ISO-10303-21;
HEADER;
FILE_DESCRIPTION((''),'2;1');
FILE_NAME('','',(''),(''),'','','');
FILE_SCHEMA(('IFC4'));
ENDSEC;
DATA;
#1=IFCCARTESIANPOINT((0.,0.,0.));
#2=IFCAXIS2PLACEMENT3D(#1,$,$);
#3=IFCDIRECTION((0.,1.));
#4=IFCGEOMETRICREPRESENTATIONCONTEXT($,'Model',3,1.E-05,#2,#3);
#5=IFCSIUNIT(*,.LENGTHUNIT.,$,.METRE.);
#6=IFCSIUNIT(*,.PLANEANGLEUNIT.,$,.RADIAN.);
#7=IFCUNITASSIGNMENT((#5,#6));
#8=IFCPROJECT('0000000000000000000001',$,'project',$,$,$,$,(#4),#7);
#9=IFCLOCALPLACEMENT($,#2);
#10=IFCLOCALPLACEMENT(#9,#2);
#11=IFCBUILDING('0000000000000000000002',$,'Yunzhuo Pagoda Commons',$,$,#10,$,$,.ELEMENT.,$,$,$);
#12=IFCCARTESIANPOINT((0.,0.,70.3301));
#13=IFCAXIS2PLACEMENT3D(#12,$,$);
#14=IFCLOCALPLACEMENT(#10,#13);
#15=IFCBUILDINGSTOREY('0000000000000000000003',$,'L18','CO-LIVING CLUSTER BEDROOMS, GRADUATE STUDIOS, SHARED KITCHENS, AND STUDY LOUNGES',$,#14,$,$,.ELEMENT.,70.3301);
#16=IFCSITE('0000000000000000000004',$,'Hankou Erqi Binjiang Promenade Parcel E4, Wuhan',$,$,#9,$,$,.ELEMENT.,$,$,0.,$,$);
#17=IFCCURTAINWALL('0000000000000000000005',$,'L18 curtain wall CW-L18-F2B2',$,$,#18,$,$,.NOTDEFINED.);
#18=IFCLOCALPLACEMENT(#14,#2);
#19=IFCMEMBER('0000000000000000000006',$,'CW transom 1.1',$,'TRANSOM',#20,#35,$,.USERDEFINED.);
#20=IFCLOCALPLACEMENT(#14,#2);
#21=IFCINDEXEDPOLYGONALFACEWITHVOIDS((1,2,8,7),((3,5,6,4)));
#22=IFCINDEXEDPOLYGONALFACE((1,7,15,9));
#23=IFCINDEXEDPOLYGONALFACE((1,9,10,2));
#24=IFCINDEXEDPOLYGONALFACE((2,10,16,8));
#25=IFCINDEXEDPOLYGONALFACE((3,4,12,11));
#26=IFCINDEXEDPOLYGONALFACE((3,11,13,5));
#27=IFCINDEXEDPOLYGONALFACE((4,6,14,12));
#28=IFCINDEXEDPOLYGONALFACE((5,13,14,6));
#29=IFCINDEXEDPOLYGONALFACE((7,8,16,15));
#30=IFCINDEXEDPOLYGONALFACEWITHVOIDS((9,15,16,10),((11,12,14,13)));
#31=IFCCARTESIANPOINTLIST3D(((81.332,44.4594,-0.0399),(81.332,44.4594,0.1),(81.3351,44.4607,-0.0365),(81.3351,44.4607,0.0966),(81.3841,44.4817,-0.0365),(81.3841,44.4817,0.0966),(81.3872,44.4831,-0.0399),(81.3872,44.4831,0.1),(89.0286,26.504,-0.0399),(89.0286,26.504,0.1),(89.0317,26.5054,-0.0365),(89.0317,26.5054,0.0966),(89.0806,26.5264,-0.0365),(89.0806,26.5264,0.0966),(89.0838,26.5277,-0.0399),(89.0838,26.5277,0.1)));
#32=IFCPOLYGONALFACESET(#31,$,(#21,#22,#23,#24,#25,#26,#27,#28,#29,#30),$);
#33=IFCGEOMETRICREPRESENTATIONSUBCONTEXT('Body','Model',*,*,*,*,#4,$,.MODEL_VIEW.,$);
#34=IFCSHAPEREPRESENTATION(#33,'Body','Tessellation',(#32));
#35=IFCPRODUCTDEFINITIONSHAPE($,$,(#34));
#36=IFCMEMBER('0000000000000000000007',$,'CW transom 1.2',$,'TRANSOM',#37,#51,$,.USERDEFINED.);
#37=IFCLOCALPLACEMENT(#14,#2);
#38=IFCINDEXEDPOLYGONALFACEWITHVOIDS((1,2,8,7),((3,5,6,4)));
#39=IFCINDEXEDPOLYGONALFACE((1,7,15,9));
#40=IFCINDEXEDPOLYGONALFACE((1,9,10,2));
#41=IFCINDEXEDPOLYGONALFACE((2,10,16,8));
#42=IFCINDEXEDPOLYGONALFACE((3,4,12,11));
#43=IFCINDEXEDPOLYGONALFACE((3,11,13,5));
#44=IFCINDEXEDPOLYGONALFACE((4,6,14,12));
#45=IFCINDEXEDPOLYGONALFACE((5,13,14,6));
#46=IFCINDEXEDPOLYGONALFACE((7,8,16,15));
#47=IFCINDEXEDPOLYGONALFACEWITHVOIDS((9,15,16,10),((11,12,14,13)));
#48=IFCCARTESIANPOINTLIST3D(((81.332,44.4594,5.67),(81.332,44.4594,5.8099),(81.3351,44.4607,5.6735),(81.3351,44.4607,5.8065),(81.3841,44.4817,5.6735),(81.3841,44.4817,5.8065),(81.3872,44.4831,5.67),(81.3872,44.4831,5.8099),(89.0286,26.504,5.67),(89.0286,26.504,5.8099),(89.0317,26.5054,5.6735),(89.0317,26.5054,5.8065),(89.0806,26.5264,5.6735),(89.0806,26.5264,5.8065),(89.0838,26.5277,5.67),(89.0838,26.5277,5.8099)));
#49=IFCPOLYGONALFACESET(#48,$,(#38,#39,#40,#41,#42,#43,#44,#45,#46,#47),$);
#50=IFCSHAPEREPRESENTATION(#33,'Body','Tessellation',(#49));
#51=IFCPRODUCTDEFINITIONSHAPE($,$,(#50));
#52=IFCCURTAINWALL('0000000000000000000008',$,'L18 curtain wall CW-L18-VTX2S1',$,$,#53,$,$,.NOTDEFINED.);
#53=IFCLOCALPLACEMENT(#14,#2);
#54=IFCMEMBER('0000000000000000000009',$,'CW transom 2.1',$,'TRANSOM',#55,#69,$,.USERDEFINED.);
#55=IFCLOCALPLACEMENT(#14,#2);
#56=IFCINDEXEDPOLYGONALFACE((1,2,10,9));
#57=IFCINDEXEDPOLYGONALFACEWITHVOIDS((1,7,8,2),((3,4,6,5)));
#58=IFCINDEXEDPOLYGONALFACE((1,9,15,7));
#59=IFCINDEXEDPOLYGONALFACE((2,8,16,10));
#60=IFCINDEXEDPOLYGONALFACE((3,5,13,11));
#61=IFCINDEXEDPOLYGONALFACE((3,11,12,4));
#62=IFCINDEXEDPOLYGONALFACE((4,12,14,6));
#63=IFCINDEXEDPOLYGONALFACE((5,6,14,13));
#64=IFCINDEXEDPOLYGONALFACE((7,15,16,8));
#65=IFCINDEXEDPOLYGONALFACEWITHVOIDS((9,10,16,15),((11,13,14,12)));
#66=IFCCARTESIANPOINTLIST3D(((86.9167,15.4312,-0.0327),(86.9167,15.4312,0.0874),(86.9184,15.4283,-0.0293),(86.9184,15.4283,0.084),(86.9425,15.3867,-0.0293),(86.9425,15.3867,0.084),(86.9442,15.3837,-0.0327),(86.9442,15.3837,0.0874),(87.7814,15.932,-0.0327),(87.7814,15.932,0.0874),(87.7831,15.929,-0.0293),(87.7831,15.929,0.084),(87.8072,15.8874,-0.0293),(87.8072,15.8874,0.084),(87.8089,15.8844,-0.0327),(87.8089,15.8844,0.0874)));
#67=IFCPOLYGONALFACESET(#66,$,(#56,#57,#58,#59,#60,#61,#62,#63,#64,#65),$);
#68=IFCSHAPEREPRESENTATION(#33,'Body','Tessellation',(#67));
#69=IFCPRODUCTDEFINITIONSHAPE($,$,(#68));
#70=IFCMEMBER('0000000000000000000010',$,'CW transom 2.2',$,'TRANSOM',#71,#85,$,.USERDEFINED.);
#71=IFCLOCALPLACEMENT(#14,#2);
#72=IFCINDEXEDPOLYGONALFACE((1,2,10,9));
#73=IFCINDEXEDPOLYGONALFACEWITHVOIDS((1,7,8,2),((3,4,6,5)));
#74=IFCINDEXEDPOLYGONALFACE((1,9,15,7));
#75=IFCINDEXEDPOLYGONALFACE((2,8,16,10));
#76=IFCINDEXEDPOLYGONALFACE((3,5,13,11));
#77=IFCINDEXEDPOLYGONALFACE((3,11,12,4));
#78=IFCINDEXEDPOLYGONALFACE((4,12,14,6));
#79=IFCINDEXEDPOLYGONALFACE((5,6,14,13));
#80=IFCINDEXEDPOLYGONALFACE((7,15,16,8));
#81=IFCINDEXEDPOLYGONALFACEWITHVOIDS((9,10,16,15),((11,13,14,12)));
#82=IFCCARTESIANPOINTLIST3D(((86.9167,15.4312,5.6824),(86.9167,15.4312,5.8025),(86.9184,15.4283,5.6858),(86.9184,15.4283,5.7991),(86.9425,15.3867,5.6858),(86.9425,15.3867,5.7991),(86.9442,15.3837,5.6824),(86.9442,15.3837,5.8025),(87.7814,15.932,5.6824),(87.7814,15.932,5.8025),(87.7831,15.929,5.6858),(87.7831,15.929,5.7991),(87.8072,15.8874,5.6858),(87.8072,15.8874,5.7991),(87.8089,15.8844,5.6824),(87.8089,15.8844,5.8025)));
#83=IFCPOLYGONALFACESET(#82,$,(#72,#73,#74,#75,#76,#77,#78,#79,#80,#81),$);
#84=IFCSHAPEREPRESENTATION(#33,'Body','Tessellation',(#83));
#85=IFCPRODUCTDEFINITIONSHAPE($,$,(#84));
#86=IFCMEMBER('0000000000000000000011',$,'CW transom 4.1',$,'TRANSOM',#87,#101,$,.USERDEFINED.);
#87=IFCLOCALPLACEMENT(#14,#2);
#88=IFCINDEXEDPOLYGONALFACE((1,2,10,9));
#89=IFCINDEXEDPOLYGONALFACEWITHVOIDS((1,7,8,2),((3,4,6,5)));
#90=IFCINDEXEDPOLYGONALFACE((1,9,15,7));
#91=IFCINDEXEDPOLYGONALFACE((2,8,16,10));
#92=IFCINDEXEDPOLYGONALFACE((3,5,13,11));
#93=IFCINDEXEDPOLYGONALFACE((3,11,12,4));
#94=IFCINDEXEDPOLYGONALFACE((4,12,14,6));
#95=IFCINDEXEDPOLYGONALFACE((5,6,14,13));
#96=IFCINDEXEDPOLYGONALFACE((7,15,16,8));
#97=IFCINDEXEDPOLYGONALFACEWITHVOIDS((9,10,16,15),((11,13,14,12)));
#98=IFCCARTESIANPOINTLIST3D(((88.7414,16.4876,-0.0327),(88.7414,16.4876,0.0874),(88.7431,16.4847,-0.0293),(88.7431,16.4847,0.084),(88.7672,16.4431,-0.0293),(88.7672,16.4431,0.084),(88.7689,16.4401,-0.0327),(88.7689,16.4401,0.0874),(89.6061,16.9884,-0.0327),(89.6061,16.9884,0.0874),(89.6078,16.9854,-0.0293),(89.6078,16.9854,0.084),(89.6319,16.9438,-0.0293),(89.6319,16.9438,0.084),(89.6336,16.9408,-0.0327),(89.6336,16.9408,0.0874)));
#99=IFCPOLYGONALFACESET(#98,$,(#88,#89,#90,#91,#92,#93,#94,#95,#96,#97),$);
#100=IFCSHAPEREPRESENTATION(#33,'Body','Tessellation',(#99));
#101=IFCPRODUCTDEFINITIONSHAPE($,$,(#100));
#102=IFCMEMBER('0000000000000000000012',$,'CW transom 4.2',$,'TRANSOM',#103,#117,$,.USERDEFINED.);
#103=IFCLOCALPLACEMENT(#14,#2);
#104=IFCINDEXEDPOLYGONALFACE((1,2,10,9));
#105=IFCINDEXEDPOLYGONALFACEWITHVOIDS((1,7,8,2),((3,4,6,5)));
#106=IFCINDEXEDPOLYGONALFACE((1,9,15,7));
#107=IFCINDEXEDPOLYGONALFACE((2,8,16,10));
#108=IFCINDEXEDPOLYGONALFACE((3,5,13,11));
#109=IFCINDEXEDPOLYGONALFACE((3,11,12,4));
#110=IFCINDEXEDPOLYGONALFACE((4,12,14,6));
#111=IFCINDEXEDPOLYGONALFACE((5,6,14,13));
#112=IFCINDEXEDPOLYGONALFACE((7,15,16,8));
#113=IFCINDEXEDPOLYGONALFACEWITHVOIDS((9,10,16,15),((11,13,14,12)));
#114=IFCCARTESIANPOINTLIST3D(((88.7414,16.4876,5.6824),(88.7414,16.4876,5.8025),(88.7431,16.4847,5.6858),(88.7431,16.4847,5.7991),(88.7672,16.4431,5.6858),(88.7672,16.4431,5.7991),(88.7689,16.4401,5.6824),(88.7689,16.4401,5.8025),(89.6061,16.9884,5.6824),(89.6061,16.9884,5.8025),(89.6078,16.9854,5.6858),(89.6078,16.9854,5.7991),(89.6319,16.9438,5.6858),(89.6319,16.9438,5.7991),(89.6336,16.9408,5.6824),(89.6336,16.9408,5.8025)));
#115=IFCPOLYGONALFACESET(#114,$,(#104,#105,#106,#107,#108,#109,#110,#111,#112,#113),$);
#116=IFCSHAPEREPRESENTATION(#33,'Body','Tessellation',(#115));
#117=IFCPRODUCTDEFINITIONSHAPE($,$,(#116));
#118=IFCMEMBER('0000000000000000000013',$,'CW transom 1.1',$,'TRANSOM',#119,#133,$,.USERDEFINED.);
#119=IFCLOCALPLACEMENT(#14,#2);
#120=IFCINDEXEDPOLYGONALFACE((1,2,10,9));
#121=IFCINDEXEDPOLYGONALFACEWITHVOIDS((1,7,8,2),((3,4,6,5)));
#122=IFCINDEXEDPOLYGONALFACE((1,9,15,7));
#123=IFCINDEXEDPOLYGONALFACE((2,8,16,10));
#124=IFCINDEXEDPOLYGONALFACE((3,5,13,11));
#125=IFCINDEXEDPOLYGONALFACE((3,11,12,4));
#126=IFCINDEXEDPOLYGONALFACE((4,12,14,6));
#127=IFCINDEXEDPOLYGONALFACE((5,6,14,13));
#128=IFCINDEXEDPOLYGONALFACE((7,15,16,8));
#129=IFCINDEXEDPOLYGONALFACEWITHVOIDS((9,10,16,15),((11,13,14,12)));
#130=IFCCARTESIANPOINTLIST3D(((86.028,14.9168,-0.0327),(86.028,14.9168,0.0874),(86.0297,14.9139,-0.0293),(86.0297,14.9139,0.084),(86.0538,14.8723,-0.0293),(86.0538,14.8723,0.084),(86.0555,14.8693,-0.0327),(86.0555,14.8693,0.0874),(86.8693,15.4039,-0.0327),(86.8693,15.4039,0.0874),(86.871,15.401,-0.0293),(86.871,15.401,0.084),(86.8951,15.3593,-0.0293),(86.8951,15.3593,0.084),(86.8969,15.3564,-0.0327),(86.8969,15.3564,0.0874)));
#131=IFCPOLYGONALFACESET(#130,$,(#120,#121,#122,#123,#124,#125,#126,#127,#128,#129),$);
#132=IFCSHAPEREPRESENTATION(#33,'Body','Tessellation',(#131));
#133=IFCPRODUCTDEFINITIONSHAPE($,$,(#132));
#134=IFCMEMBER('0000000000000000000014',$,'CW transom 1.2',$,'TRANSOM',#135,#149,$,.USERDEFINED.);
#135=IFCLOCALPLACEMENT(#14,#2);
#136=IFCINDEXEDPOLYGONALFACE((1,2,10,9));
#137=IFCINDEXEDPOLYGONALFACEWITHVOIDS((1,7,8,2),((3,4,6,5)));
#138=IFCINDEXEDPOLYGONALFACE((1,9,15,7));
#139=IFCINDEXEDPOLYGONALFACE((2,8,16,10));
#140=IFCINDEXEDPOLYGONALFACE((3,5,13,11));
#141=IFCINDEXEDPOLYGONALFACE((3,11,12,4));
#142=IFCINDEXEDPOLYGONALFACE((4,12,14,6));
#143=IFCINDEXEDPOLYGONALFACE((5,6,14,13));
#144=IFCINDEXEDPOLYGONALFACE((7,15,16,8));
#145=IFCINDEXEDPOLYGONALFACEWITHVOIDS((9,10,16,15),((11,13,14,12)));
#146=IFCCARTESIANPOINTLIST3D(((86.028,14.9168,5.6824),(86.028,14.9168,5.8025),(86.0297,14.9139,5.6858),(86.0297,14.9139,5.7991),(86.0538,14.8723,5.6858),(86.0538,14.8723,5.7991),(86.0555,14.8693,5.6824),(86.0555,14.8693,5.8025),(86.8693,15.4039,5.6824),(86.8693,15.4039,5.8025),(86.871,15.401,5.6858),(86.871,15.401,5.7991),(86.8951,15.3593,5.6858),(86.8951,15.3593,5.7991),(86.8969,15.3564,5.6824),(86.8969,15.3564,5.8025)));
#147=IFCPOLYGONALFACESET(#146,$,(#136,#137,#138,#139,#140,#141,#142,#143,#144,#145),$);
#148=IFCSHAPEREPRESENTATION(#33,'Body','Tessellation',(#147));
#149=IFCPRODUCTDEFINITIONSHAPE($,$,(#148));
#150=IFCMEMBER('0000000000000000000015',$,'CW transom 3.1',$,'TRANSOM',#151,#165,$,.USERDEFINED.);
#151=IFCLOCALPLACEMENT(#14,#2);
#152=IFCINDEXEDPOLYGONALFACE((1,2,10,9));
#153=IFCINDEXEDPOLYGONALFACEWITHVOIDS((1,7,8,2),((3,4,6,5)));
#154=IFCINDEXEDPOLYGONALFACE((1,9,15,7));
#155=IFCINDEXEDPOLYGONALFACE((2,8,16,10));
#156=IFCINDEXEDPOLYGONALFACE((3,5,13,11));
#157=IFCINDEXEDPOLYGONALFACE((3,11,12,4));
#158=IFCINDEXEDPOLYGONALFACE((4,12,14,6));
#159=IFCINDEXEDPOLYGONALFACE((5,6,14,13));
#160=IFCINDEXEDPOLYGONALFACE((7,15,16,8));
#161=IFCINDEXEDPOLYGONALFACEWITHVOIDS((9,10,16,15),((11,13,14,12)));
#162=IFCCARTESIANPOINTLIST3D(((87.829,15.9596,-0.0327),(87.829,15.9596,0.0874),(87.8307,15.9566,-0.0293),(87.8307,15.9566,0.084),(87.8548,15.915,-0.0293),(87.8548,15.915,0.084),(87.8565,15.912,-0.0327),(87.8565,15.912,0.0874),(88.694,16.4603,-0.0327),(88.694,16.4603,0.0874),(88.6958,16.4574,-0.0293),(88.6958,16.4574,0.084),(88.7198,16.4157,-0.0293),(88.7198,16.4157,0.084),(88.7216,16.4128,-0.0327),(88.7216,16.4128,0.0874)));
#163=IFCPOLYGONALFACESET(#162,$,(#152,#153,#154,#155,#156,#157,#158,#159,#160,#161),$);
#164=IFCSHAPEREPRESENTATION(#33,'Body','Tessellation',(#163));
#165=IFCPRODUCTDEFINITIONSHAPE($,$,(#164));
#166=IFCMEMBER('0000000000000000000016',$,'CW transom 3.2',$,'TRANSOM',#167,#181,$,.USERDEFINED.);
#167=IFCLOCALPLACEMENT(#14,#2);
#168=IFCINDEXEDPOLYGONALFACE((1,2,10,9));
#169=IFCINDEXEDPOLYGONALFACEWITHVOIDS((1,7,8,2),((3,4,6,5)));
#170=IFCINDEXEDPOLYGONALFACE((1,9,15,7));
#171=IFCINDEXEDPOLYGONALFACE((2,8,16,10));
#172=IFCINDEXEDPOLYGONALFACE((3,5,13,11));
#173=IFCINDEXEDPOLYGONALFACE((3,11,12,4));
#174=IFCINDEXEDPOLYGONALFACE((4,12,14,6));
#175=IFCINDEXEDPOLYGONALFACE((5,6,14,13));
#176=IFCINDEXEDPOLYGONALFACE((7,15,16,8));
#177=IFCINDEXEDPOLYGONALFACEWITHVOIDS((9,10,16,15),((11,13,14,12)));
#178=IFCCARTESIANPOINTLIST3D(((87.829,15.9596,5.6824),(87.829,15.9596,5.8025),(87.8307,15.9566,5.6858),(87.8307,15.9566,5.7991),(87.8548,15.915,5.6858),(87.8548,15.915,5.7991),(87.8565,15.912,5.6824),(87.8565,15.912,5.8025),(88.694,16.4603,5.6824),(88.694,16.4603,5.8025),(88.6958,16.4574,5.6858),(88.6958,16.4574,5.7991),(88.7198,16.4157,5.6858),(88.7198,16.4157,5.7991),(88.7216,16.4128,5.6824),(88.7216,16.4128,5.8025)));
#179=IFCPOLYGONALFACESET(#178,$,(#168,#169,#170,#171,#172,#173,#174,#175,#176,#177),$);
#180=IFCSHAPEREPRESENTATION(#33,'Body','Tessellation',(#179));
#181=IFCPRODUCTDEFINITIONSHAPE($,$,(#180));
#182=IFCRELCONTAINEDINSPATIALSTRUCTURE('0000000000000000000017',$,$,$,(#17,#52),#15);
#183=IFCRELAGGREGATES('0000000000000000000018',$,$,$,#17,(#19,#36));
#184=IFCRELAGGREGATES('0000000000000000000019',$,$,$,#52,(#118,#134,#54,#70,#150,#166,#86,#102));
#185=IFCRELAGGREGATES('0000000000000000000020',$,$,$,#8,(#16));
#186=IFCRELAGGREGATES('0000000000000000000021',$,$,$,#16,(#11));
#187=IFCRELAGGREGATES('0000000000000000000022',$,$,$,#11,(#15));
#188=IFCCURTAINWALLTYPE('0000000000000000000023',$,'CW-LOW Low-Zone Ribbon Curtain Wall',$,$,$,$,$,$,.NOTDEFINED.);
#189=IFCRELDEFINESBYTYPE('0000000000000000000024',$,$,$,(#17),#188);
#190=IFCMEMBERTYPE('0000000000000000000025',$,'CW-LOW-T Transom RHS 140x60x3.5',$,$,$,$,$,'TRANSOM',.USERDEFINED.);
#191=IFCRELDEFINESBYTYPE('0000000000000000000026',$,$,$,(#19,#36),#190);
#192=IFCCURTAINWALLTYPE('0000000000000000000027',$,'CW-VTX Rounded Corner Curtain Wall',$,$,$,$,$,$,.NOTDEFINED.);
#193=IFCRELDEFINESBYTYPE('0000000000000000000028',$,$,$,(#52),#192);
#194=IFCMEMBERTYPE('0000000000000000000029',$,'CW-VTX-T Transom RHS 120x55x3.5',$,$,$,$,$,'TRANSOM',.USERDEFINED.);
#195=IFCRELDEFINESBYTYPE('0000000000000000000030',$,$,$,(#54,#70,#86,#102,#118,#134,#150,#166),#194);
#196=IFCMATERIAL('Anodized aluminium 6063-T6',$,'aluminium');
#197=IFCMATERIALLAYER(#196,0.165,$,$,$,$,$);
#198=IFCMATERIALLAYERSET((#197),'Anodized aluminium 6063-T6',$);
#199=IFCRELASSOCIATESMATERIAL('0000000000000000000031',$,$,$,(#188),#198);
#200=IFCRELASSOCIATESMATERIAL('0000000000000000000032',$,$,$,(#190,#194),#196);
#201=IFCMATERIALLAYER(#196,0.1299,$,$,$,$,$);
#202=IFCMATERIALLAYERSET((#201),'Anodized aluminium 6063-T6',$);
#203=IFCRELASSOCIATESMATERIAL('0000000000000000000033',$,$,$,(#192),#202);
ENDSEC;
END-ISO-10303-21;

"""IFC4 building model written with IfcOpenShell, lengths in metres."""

from ifc_helpers import new_model, si_unit, direction, frame, origin, origin_2d, place, context, subcontext, project, spatial, hollow_rectangle, extrude, source, transform, mapped, material, layer, layer_set, material_profile, profile_set, type_object, element, aggregate, save


model = new_model("IFC4")

# Units and contexts
model_context = context("Model", 3, precision=1e-05, world=origin(), true_north=direction((0.0, 1.0)))
body_context = subcontext(model_context, "Body", "Model", "MODEL_VIEW")
ifc_project = project(units=[si_unit("LENGTHUNIT", "METRE"), si_unit("PLANEANGLEUNIT", "RADIAN")], contexts=[model_context])

# Site, building, storey
site_placement = place(None, origin())
site = spatial("IfcSite", under=ifc_project, at=site_placement, Name="Hankou Erqi Binjiang Promenade Parcel E4, Wuhan", CompositionType="ELEMENT", RefElevation=0.0)
building_placement = place(site_placement, origin())
building = spatial("IfcBuilding", under=site, at=building_placement, Name="Yunzhuo Pagoda Commons", CompositionType="ELEMENT")
storey_placement = place(building_placement, frame((0.0, 0.0, 70.3301)))
storey = spatial("IfcBuildingStorey", under=building, at=storey_placement, Name="L18", Description="CO-LIVING CLUSTER BEDROOMS, GRADUATE STUDIOS, SHARED KITCHENS, AND STUDY LOUNGES", CompositionType="ELEMENT", Elevation=70.3301)

# Curtain walls, members
ifc_material_1 = material(Name="Anodized aluminium 6063-T6", Category="aluminium")
ifc_layer_1 = layer(ifc_material_1, 0.165)
ifc_layer_set_1 = layer_set([ifc_layer_1], Name="Anodized aluminium 6063-T6")
curtain_wall_type_1 = type_object("IfcCurtainWallType", Name="CW-LOW Low-Zone Ribbon Curtain Wall", PredefinedType="NOTDEFINED", material=ifc_layer_set_1)
ifc_material_profile_1 = material_profile(ifc_material_1, hollow_rectangle(XDim=0.0601, YDim=0.1399, WallThickness=0.0034, at=origin_2d()), Name="Anodized aluminium 6063-T6")
ifc_profile_set_1 = profile_set([ifc_material_profile_1], Name="Anodized aluminium 6063-T6")
member_type_1 = type_object("IfcMemberType", Name="CW-LOW-T Transom RHS 140x60x3.5", ElementType="TRANSOM", PredefinedType="USERDEFINED", material=ifc_profile_set_1)
curtain_wall_1_placement = place(storey_placement, origin())
curtain_wall_1 = element("IfcCurtainWall", 1, at=curtain_wall_1_placement, inside=storey, type_object=curtain_wall_type_1, Name="L18 curtain wall CW-L18-F2B2", PredefinedType="NOTDEFINED")
shared_shape_1 = source(origin(), body_context, "Body", "SweptSolid", [
    extrude(hollow_rectangle(XDim=0.0601, YDim=0.1399, WallThickness=0.0034, at=origin_2d()), origin(), (0.0, 0.0, 1.0), 19.5354),
])
member_1_placement = place(storey_placement, frame((89.0562, 26.5159, 0.03), z_axis=(-0.39398, 0.919119, 0.0), x_axis=(-0.919119, -0.39398, 0.0)))
member_1 = element("IfcMember", 2, at=member_1_placement, type_object=member_type_1, Name="CW transom 1.1", ObjectType="TRANSOM", PredefinedType="USERDEFINED", context=body_context, shape_type="MappedRepresentation", body=[
    mapped(shared_shape_1, transform((0.0, 0.0, 0.0), scale=1.0)),
])
member_2_placement = place(storey_placement, frame((89.0562, 26.5159, 5.74), z_axis=(-0.39398, 0.919119, 0.0), x_axis=(-0.919119, -0.39398, 0.0)))
member_2 = element("IfcMember", 3, at=member_2_placement, type_object=member_type_1, Name="CW transom 1.2", ObjectType="TRANSOM", PredefinedType="USERDEFINED", context=body_context, shape_type="MappedRepresentation", body=[
    mapped(shared_shape_1, transform((0.0, 0.0, 0.0), scale=1.0)),
])
ifc_layer_2 = layer(ifc_material_1, 0.1299)
ifc_layer_set_2 = layer_set([ifc_layer_2], Name="Anodized aluminium 6063-T6")
curtain_wall_type_2 = type_object("IfcCurtainWallType", Name="CW-VTX Rounded Corner Curtain Wall", PredefinedType="NOTDEFINED", material=ifc_layer_set_2)
curtain_wall_2_placement = place(storey_placement, origin())
curtain_wall_2 = element("IfcCurtainWall", 4, at=curtain_wall_2_placement, inside=storey, type_object=curtain_wall_type_2, Name="L18 curtain wall CW-L18-VTX2S1", PredefinedType="NOTDEFINED")
ifc_material_profile_2 = material_profile(ifc_material_1, hollow_rectangle(XDim=0.0549, YDim=0.1201, WallThickness=0.0034, at=origin_2d()), Name="Anodized aluminium 6063-T6")
ifc_profile_set_2 = profile_set([ifc_material_profile_2], Name="Anodized aluminium 6063-T6")
member_type_2 = type_object("IfcMemberType", Name="CW-VTX-T Transom RHS 120x55x3.5", ElementType="TRANSOM", PredefinedType="USERDEFINED", material=ifc_profile_set_2)
shared_shape_2 = source(origin(), body_context, "Body", "SweptSolid", [
    extrude(hollow_rectangle(XDim=0.0549, YDim=0.1201, WallThickness=0.0034, at=origin_2d()), origin(), (0.0, 0.0, 1.0), 0.9993),
])
member_3_placement = place(storey_placement, frame((86.9304, 15.4075, 0.0273), z_axis=(0.865387, 0.501104, 0.0), x_axis=(-0.501104, 0.865387, 0.0)))
member_3 = element("IfcMember", 5, at=member_3_placement, type_object=member_type_2, Name="CW transom 2.1", ObjectType="TRANSOM", PredefinedType="USERDEFINED", context=body_context, shape_type="MappedRepresentation", body=[
    mapped(shared_shape_2, transform((0.0, 0.0, 0.0), scale=1.0)),
])
member_4_placement = place(storey_placement, frame((86.9304, 15.4075, 5.7424), z_axis=(0.865387, 0.501104, 0.0), x_axis=(-0.501104, 0.865387, 0.0)))
member_4 = element("IfcMember", 6, at=member_4_placement, type_object=member_type_2, Name="CW transom 2.2", ObjectType="TRANSOM", PredefinedType="USERDEFINED", context=body_context, shape_type="MappedRepresentation", body=[
    mapped(shared_shape_2, transform((0.0, 0.0, 0.0), scale=1.0)),
])
member_5_placement = place(storey_placement, frame((88.7551, 16.4639, 0.0273), z_axis=(0.865387, 0.501104, 0.0), x_axis=(-0.501104, 0.865387, 0.0)))
member_5 = element("IfcMember", 7, at=member_5_placement, type_object=member_type_2, Name="CW transom 4.1", ObjectType="TRANSOM", PredefinedType="USERDEFINED", context=body_context, shape_type="MappedRepresentation", body=[
    mapped(shared_shape_2, transform((0.0, 0.0, 0.0), scale=1.0)),
])
member_6_placement = place(storey_placement, frame((88.7551, 16.4639, 5.7424), z_axis=(0.865387, 0.501104, 0.0), x_axis=(-0.501104, 0.865387, 0.0)))
member_6 = element("IfcMember", 8, at=member_6_placement, type_object=member_type_2, Name="CW transom 4.2", ObjectType="TRANSOM", PredefinedType="USERDEFINED", context=body_context, shape_type="MappedRepresentation", body=[
    mapped(shared_shape_2, transform((0.0, 0.0, 0.0), scale=1.0)),
])
shared_shape_3 = source(origin(), body_context, "Body", "SweptSolid", [
    extrude(hollow_rectangle(XDim=0.0549, YDim=0.1201, WallThickness=0.0034, at=origin_2d()), origin(), (0.0, 0.0, 1.0), 0.9722),
])
member_7_placement = place(storey_placement, frame((86.0417, 14.8931, 0.0273), z_axis=(0.865432, 0.501026, 0.0), x_axis=(-0.501026, 0.865432, 0.0)))
member_7 = element("IfcMember", 9, at=member_7_placement, type_object=member_type_2, Name="CW transom 1.1", ObjectType="TRANSOM", PredefinedType="USERDEFINED", context=body_context, shape_type="MappedRepresentation", body=[
    mapped(shared_shape_3, transform((0.0, 0.0, 0.0), scale=1.0)),
])
member_8_placement = place(storey_placement, frame((86.0417, 14.8931, 5.7424), z_axis=(0.865432, 0.501026, 0.0), x_axis=(-0.501026, 0.865432, 0.0)))
member_8 = element("IfcMember", 10, at=member_8_placement, type_object=member_type_2, Name="CW transom 1.2", ObjectType="TRANSOM", PredefinedType="USERDEFINED", context=body_context, shape_type="MappedRepresentation", body=[
    mapped(shared_shape_3, transform((0.0, 0.0, 0.0), scale=1.0)),
])
shared_shape_4 = source(origin(), body_context, "Body", "SweptSolid", [
    extrude(hollow_rectangle(XDim=0.0549, YDim=0.1201, WallThickness=0.0034, at=origin_2d()), origin(), (0.0, 0.0, 1.0), 0.9995),
])
member_9_placement = place(storey_placement, frame((87.8428, 15.9358, 0.0273), z_axis=(0.865449, 0.500998, 0.0), x_axis=(-0.500998, 0.865449, 0.0)))
member_9 = element("IfcMember", 11, at=member_9_placement, type_object=member_type_2, Name="CW transom 3.1", ObjectType="TRANSOM", PredefinedType="USERDEFINED", context=body_context, shape_type="MappedRepresentation", body=[
    mapped(shared_shape_4, transform((0.0, 0.0, 0.0), scale=1.0)),
])
member_10_placement = place(storey_placement, frame((87.8428, 15.9358, 5.7424), z_axis=(0.865449, 0.500998, 0.0), x_axis=(-0.500998, 0.865449, 0.0)))
member_10 = element("IfcMember", 12, at=member_10_placement, type_object=member_type_2, Name="CW transom 3.2", ObjectType="TRANSOM", PredefinedType="USERDEFINED", context=body_context, shape_type="MappedRepresentation", body=[
    mapped(shared_shape_4, transform((0.0, 0.0, 0.0), scale=1.0)),
])

aggregate(curtain_wall_1, [member_1, member_2])
aggregate(curtain_wall_2, [member_7, member_8, member_3, member_4, member_9, member_10, member_5, member_6])

save(model, "model.ifc")
